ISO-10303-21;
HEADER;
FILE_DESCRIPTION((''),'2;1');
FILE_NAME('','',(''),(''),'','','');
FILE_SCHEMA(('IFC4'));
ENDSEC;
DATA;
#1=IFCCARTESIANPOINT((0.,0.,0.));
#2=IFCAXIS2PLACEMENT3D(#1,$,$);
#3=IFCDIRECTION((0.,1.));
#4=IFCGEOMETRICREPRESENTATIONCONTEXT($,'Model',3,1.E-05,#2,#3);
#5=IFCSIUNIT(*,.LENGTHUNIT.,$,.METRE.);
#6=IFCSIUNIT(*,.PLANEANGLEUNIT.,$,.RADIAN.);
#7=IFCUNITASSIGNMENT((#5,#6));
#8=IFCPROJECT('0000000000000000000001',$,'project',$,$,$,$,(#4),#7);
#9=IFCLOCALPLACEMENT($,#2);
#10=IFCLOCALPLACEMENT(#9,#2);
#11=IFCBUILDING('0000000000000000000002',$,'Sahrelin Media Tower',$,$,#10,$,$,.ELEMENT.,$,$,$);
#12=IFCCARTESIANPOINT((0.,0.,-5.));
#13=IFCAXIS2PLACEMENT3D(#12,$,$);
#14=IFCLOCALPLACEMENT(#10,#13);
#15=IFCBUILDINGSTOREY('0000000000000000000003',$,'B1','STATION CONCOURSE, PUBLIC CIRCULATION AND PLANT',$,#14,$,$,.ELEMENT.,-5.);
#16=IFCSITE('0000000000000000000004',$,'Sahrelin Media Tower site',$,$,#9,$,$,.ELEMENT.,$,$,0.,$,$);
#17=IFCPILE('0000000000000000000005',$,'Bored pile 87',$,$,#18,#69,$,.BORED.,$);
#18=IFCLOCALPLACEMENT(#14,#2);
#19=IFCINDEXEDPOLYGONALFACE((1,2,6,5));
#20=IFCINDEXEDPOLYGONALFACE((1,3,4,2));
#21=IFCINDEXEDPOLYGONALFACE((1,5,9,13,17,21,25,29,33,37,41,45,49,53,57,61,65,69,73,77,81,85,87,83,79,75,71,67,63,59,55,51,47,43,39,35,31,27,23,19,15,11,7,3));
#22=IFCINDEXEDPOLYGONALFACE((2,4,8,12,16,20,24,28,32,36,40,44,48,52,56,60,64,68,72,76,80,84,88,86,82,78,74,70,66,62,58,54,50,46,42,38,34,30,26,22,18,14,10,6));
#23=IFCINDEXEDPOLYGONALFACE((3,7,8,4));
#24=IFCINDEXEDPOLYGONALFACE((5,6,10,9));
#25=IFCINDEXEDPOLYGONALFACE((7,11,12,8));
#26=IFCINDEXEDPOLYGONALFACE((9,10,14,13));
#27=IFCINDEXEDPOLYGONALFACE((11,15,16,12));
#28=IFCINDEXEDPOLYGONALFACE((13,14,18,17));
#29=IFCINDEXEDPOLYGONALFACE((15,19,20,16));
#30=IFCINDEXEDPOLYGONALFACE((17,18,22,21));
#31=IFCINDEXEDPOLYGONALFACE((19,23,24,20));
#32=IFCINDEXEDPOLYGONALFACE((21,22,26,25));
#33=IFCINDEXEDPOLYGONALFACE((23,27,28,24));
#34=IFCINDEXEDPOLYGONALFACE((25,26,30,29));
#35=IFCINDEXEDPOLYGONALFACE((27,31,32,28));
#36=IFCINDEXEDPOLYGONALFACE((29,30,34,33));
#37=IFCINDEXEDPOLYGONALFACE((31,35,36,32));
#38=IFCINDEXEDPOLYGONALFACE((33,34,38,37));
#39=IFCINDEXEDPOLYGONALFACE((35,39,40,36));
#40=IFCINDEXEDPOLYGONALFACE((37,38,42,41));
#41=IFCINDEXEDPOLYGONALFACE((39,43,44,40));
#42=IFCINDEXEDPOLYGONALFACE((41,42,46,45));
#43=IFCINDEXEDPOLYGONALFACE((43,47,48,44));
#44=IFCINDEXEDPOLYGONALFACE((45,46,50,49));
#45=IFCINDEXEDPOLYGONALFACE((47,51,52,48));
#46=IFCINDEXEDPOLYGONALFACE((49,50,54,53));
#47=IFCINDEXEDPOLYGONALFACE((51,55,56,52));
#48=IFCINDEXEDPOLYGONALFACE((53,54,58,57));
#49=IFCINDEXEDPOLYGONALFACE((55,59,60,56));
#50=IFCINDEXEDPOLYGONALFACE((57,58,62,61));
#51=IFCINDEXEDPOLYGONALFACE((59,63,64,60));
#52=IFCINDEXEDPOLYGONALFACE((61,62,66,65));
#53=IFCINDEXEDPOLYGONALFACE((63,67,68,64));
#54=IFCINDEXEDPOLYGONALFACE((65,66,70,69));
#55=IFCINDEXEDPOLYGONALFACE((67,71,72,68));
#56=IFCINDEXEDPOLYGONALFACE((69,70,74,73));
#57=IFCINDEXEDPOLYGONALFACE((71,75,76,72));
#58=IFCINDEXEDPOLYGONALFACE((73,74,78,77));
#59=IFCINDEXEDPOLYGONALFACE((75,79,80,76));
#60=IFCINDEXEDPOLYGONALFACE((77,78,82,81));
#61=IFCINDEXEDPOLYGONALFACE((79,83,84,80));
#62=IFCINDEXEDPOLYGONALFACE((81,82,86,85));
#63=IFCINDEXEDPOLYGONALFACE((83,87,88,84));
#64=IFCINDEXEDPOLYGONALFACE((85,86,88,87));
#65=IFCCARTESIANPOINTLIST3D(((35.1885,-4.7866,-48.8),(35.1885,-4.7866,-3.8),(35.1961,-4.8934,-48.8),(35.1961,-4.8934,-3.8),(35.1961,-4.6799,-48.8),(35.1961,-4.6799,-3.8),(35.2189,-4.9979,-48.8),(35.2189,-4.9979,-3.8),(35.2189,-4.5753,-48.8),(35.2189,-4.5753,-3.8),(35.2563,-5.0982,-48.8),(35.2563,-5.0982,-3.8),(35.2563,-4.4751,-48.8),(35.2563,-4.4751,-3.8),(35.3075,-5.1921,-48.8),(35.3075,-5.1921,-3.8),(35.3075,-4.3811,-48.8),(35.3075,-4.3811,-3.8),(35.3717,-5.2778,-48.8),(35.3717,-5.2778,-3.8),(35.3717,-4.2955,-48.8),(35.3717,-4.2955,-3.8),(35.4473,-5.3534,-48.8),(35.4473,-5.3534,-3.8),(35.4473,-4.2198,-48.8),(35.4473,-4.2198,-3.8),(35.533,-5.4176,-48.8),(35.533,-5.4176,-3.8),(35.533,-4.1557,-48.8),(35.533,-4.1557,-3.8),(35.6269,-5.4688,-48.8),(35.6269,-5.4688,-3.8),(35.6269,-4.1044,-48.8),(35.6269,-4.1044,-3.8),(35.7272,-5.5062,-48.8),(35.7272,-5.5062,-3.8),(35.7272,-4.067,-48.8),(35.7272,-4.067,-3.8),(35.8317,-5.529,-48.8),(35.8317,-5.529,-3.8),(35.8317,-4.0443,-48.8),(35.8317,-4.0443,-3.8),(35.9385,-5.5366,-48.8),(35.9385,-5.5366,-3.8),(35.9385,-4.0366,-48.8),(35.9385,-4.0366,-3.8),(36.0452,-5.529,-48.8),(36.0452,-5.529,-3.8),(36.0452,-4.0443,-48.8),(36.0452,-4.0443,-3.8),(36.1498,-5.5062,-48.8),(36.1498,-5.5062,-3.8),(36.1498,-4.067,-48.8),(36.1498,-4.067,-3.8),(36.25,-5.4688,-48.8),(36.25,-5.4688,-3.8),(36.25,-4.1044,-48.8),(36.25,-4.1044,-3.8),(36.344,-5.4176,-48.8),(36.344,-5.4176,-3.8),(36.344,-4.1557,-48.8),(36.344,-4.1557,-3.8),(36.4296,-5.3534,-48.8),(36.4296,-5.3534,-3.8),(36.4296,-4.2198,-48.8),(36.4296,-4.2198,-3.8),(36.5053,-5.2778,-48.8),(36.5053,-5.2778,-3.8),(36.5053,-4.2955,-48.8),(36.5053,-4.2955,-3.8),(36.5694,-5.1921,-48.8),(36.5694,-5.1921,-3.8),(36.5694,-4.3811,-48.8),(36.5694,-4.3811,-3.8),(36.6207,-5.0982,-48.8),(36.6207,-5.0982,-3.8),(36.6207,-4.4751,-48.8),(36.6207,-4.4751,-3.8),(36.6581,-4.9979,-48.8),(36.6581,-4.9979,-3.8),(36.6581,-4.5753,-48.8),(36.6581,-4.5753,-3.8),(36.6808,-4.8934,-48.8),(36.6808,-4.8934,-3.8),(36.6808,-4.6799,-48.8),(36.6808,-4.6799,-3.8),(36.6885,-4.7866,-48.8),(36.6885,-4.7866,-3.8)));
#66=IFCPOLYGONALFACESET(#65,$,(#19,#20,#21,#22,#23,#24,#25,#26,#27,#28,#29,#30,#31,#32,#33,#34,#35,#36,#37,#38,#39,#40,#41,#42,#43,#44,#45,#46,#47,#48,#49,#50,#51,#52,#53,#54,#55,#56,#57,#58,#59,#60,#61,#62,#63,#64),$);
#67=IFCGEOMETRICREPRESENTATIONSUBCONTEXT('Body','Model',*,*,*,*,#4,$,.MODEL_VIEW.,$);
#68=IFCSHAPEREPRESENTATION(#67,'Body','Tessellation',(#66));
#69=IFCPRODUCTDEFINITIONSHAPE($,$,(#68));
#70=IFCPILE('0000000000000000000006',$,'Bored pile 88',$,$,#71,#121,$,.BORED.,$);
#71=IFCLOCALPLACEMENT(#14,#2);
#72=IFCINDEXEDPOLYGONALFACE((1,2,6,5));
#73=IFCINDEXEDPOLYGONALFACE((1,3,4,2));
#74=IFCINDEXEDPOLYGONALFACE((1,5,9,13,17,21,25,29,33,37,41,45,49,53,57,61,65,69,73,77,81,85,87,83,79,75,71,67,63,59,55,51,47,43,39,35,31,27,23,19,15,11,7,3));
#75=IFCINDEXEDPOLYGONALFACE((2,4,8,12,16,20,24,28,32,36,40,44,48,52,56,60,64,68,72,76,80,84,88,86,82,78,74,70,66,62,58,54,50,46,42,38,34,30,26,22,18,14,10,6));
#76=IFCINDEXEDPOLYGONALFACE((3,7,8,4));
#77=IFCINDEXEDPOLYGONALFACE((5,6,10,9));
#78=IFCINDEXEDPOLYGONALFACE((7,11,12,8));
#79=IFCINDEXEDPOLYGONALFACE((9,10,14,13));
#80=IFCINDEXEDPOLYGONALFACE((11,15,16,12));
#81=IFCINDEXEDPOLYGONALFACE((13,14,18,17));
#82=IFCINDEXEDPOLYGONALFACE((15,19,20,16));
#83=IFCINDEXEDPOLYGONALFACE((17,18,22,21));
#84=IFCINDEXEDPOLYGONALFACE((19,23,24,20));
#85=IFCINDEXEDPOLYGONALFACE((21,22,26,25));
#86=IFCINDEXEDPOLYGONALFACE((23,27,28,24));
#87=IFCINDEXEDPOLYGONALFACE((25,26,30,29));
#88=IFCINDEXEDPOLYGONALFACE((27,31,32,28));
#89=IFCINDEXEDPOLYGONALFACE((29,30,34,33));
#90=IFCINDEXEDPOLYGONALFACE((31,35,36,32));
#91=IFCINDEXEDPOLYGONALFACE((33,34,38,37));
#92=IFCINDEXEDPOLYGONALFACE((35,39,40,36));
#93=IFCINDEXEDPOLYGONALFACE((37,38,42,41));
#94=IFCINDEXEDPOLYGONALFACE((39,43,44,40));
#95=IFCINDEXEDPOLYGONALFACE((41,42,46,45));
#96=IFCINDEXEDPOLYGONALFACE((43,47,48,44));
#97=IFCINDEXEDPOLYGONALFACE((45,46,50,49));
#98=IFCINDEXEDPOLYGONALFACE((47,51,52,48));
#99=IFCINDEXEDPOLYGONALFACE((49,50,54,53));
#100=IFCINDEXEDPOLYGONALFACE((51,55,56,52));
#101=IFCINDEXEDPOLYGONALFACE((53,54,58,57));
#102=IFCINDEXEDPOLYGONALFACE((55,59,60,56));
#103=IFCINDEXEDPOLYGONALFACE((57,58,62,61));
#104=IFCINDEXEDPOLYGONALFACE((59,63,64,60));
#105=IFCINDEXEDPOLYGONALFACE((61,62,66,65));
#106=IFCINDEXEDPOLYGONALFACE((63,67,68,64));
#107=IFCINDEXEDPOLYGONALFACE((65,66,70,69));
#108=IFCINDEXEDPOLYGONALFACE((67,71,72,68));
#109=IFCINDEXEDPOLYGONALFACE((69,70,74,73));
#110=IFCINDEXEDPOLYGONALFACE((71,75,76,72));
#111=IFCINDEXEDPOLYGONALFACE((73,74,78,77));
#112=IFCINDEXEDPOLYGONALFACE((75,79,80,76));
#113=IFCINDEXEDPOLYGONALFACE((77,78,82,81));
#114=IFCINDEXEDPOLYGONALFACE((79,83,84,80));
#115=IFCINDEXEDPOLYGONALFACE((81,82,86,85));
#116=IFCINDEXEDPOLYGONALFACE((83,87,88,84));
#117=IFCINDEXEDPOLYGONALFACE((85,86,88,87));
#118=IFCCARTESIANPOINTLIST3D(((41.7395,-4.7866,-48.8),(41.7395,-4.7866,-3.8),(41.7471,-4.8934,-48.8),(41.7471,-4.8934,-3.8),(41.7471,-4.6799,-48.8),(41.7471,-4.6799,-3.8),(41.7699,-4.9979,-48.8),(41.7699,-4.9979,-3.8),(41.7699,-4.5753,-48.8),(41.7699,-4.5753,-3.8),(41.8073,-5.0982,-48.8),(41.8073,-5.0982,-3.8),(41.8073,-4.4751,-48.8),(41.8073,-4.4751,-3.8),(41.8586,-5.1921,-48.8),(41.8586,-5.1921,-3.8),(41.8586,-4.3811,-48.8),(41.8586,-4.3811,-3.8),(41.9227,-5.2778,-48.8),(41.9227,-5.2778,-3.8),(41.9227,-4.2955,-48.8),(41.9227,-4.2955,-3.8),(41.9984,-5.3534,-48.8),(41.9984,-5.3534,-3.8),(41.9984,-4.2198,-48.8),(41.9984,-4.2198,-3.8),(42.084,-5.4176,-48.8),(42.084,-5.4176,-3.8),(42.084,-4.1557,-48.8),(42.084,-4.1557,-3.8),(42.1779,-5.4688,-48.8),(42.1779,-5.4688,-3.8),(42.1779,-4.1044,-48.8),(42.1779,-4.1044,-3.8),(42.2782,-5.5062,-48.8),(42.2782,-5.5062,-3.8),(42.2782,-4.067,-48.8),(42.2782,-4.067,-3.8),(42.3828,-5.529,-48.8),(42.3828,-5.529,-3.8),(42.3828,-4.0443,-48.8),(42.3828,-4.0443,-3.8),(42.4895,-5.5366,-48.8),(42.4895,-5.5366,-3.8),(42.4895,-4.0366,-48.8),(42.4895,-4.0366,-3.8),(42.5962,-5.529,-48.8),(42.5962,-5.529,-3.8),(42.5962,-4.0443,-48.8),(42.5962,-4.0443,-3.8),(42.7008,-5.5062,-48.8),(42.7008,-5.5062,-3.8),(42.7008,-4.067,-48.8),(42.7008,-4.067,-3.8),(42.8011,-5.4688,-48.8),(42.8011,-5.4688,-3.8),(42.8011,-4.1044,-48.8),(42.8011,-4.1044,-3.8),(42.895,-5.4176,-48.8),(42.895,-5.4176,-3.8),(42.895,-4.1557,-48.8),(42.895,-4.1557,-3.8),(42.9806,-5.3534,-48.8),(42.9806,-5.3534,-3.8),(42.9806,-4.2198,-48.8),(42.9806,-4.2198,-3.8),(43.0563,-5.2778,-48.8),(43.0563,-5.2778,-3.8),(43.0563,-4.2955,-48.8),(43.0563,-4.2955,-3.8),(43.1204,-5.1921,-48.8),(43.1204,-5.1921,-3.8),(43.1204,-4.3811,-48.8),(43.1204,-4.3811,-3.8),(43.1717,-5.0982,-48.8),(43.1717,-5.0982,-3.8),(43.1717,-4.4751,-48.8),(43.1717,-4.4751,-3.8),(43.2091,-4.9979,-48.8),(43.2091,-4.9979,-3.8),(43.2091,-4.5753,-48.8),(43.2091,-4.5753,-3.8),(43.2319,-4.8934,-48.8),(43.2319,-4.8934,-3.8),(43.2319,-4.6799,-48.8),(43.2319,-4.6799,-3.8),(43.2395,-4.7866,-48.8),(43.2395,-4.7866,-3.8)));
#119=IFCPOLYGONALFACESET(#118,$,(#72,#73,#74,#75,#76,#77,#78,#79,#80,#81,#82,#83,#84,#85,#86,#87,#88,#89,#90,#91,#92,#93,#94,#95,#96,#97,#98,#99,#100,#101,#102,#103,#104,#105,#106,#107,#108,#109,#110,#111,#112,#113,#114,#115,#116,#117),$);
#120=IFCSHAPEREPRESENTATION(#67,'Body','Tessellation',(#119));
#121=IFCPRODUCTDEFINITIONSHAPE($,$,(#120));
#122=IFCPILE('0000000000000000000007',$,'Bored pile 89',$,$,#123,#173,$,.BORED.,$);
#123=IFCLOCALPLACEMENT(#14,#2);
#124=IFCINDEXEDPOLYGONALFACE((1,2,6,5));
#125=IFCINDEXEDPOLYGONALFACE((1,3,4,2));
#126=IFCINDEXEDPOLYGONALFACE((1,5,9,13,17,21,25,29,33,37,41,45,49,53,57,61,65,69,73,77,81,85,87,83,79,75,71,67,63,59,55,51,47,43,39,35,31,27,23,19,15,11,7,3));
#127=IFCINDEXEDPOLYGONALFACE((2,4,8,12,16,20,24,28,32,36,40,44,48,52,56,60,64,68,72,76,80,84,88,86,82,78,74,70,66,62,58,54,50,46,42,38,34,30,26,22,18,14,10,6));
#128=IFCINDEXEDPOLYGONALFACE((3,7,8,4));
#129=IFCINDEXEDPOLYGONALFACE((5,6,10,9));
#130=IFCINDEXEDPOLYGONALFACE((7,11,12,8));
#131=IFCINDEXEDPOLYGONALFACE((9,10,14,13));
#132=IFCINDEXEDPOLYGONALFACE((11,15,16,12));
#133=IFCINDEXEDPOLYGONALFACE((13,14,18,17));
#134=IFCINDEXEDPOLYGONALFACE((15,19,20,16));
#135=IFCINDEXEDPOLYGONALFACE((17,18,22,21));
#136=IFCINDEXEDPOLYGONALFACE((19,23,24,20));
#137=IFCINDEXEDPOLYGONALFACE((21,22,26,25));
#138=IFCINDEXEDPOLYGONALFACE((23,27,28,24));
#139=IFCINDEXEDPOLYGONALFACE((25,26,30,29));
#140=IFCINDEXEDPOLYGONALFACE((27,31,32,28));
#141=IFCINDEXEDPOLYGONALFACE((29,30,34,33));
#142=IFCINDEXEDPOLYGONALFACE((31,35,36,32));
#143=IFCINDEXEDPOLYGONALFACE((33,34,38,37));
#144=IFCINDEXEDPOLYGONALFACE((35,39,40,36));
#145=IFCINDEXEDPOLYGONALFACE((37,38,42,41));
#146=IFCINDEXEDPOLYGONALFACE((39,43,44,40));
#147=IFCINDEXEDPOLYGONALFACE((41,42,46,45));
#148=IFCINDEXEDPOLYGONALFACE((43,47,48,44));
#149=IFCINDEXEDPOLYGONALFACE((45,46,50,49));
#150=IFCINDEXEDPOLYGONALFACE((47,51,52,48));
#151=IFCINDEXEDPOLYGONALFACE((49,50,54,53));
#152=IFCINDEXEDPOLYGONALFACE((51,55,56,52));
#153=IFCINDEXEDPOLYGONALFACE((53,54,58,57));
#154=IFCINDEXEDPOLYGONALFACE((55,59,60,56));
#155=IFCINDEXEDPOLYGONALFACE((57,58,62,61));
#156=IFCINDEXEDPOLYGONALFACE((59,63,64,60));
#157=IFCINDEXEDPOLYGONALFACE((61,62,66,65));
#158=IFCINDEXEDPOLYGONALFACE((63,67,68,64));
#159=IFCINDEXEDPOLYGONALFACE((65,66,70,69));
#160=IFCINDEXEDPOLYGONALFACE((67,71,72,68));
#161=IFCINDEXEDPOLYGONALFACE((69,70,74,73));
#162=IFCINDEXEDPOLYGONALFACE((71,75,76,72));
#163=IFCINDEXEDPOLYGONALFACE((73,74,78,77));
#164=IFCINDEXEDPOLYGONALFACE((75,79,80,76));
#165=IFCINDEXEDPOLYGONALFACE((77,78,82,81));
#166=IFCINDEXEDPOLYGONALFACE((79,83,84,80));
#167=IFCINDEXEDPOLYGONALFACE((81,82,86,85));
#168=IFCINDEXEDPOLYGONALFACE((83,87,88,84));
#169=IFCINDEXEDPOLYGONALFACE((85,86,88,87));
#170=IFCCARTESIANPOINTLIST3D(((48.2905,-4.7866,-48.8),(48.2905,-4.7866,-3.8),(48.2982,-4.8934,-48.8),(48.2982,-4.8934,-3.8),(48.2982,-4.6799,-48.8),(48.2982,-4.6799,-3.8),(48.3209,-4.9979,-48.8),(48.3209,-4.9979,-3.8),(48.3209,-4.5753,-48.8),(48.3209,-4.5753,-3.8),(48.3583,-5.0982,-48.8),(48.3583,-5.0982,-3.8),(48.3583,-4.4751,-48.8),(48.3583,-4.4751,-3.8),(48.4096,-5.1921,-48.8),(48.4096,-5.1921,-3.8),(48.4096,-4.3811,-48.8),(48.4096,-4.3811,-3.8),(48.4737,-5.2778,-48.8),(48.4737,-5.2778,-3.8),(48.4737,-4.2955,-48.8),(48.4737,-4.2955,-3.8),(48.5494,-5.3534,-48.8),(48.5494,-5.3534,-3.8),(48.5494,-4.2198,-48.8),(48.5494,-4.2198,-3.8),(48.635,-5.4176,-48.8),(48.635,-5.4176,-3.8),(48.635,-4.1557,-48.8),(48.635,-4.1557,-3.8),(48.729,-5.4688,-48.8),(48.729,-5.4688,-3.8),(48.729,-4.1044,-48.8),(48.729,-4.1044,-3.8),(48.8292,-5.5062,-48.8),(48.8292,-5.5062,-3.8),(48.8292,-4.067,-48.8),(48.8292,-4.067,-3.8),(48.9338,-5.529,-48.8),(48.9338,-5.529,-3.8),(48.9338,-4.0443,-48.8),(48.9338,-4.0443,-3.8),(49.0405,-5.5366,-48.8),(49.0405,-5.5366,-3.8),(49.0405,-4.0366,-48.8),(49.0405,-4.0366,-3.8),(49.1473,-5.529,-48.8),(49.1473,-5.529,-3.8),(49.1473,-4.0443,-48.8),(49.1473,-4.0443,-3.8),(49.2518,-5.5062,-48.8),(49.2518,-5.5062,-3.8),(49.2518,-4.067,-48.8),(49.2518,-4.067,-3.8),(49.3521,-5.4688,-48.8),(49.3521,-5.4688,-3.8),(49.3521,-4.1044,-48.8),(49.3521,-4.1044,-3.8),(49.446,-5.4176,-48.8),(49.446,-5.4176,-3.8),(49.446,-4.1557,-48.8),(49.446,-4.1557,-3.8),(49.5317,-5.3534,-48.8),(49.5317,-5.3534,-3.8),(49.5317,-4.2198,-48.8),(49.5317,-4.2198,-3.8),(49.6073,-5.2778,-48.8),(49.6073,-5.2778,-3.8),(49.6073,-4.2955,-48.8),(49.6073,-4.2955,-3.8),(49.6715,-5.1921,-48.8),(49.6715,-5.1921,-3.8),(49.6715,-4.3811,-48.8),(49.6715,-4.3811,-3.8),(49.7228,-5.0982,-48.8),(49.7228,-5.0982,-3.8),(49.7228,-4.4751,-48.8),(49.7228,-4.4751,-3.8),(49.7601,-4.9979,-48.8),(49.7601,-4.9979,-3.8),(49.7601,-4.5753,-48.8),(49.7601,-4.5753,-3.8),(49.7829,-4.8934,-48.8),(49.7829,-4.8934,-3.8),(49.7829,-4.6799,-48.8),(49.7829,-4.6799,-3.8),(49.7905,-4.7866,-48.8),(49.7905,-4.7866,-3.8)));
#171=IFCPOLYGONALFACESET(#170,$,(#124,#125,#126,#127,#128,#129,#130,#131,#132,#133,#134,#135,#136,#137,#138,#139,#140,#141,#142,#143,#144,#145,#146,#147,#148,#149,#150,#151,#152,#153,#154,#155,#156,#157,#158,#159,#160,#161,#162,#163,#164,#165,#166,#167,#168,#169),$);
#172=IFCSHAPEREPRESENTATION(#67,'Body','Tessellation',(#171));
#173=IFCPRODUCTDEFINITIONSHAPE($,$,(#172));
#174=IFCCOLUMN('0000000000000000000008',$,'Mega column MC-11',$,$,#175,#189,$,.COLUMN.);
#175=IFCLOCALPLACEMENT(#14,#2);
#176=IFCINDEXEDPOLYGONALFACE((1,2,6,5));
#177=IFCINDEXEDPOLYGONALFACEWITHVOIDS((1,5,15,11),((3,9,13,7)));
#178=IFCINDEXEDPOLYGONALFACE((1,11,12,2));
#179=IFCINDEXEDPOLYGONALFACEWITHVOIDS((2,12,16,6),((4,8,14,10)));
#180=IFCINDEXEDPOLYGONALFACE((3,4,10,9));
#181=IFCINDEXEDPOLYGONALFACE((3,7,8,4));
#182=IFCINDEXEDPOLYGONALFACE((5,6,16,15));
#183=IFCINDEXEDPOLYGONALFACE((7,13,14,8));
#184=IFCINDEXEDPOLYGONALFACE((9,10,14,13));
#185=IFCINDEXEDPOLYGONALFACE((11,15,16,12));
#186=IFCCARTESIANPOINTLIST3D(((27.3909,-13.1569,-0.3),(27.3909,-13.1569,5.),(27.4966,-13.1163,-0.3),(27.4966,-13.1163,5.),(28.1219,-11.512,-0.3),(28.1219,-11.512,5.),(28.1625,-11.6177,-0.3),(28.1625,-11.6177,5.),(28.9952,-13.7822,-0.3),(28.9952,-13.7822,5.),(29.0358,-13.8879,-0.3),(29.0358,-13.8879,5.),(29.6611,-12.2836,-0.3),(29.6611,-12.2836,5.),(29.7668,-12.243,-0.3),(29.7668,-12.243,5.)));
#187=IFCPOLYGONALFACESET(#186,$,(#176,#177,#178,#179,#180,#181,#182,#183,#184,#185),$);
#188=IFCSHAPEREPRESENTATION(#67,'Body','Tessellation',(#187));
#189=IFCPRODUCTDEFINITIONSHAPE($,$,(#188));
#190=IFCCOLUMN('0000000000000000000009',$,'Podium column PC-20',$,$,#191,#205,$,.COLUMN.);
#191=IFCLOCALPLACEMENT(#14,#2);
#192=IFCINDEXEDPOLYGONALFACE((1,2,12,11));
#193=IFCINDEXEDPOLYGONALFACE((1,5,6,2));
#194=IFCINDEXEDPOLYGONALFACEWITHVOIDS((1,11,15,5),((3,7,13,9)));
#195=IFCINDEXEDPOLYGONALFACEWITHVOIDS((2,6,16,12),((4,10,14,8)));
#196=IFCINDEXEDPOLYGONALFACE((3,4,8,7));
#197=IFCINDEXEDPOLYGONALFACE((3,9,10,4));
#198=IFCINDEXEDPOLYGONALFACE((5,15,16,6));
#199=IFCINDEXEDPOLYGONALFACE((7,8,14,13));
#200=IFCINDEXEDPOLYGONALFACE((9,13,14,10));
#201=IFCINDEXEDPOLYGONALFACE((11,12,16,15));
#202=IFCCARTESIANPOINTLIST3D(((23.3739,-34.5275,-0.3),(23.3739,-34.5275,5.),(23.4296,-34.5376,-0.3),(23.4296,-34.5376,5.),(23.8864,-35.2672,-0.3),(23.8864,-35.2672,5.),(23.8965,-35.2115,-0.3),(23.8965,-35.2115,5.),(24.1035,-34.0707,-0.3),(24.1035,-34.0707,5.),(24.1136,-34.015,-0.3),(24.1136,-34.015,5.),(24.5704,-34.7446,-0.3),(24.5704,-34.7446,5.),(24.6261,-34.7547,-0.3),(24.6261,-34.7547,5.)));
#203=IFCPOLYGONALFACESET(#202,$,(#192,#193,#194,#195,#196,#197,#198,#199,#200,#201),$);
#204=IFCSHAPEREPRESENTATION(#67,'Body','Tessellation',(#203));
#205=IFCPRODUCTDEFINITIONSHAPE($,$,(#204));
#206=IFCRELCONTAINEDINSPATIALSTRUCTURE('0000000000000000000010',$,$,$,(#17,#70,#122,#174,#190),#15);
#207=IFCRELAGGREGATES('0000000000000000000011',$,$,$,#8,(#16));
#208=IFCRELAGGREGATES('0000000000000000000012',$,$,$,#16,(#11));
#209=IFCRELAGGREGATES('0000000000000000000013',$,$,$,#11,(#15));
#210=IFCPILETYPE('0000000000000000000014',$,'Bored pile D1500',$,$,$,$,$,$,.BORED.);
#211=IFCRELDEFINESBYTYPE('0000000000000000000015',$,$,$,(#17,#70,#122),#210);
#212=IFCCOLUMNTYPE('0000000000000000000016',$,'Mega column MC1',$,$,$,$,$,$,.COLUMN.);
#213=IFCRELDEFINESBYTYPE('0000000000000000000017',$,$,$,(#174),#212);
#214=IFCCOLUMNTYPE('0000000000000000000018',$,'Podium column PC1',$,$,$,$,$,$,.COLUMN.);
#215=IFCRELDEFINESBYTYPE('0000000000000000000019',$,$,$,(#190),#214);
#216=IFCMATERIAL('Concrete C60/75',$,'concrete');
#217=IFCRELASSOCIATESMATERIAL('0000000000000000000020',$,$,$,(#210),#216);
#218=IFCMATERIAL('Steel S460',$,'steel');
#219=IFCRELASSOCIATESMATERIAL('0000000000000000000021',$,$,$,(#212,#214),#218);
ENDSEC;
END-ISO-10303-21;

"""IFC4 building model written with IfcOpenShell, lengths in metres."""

from ifc_helpers import new_model, si_unit, direction, frame, origin, origin_2d, place, context, subcontext, project, spatial, hollow_rectangle, circle, extrude, material, material_profile, profile_set, type_object, element, save


model = new_model("IFC4")

# Units and contexts
model_context = context("Model", 3, precision=1e-05, world=origin(), true_north=direction((0.0, 1.0)))
body_context = subcontext(model_context, "Body", "Model", "MODEL_VIEW")
ifc_project = project(units=[si_unit("LENGTHUNIT", "METRE"), si_unit("PLANEANGLEUNIT", "RADIAN")], contexts=[model_context])

# Site, building, storey
site_placement = place(None, origin())
site = spatial("IfcSite", under=ifc_project, at=site_placement, Name="Sahrelin Media Tower site", CompositionType="ELEMENT", RefElevation=0.0)
building_placement = place(site_placement, origin())
building = spatial("IfcBuilding", under=site, at=building_placement, Name="Sahrelin Media Tower", CompositionType="ELEMENT")
storey_placement = place(building_placement, frame((0.0, 0.0, -5.0)))
storey = spatial("IfcBuildingStorey", under=building, at=storey_placement, Name="B1", Description="STATION CONCOURSE, PUBLIC CIRCULATION AND PLANT", CompositionType="ELEMENT", Elevation=-5.0)

# Piles
ifc_material_1 = material(Name="Concrete C60/75", Category="concrete")
ifc_material_profile_1 = material_profile(ifc_material_1, circle(Radius=0.75, at=origin_2d()), Name="Bored pile D1500")
ifc_profile_set_1 = profile_set([ifc_material_profile_1], Name="Concrete C60/75")
pile_type = type_object("IfcPileType", Name="Bored pile D1500", PredefinedType="BORED", material=ifc_profile_set_1)
for number, where, z_axis, x_axis, name in (
    (1, (35.9385, -4.7866, -3.8), (0.0, 0.0, -1.0), (1.0, 0.0, 0.0), "Bored pile 87"),
    (2, (42.4895, -4.7866, -3.8), (0.0, 0.0, -1.0), (1.0, 0.0, 0.0), "Bored pile 88"),
    (3, (49.0405, -4.7866, -3.8), (0.0, 0.0, -1.0), (1.0, 0.0, 0.0), "Bored pile 89"),
):
    element("IfcPile", number, at=place(storey_placement, frame(where, z_axis=z_axis, x_axis=x_axis)), inside=storey, type_object=pile_type, Name=name, PredefinedType="BORED", context=body_context, shape_type="SweptSolid", body=[
        extrude(circle(Radius=0.75, at=origin_2d()), origin(), (0.0, 0.0, 1.0), 45.0),
    ])

# Columns
ifc_material_2 = material(Name="Steel S460", Category="steel")
ifc_material_profile_2 = material_profile(ifc_material_2, hollow_rectangle(XDim=1.8, YDim=1.8, WallThickness=0.0801, at=origin_2d()), Name="Mega column MC1")
ifc_profile_set_2 = profile_set([ifc_material_profile_2], Name="Steel S460")
column_type_1 = type_object("IfcColumnType", Name="Mega column MC1", PredefinedType="COLUMN", material=ifc_profile_set_2)
column_placement = place(storey_placement, frame((28.5789, -12.7, -0.3), z_axis=(0.0, 0.0, 1.0), x_axis=(0.913831, -0.406094, 0.0)))
element("IfcColumn", 4, at=column_placement, inside=storey, type_object=column_type_1, Name="Mega column MC-11", PredefinedType="COLUMN", context=body_context, shape_type="SweptSolid", body=[
    extrude(hollow_rectangle(XDim=1.8, YDim=1.8, WallThickness=0.0801, at=origin_2d()), origin(), (0.0, 0.0, 1.0), 5.3),
])
ifc_material_profile_3 = material_profile(ifc_material_2, hollow_rectangle(XDim=0.8999, YDim=0.8999, WallThickness=0.04, at=origin_2d()), Name="Podium column PC1")
ifc_profile_set_3 = profile_set([ifc_material_profile_3], Name="Steel S460")
column_type_2 = type_object("IfcColumnType", Name="Podium column PC1", PredefinedType="COLUMN", material=ifc_profile_set_3)
for number, where, z_axis, x_axis, name in (
    (5, (24.0, -34.6411, -0.3), (0.0, 0.0, 1.0), (0.569495, -0.821995, 0.0), "Podium column PC-20"),
):
    element("IfcColumn", number, at=place(storey_placement, frame(where, z_axis=z_axis, x_axis=x_axis)), inside=storey, type_object=column_type_2, Name=name, PredefinedType="COLUMN", context=body_context, shape_type="SweptSolid", body=[
        extrude(hollow_rectangle(XDim=0.8999, YDim=0.8999, WallThickness=0.04, at=origin_2d()), origin(), (0.0, 0.0, 1.0), 5.3),
    ])

save(model, "model.ifc")
